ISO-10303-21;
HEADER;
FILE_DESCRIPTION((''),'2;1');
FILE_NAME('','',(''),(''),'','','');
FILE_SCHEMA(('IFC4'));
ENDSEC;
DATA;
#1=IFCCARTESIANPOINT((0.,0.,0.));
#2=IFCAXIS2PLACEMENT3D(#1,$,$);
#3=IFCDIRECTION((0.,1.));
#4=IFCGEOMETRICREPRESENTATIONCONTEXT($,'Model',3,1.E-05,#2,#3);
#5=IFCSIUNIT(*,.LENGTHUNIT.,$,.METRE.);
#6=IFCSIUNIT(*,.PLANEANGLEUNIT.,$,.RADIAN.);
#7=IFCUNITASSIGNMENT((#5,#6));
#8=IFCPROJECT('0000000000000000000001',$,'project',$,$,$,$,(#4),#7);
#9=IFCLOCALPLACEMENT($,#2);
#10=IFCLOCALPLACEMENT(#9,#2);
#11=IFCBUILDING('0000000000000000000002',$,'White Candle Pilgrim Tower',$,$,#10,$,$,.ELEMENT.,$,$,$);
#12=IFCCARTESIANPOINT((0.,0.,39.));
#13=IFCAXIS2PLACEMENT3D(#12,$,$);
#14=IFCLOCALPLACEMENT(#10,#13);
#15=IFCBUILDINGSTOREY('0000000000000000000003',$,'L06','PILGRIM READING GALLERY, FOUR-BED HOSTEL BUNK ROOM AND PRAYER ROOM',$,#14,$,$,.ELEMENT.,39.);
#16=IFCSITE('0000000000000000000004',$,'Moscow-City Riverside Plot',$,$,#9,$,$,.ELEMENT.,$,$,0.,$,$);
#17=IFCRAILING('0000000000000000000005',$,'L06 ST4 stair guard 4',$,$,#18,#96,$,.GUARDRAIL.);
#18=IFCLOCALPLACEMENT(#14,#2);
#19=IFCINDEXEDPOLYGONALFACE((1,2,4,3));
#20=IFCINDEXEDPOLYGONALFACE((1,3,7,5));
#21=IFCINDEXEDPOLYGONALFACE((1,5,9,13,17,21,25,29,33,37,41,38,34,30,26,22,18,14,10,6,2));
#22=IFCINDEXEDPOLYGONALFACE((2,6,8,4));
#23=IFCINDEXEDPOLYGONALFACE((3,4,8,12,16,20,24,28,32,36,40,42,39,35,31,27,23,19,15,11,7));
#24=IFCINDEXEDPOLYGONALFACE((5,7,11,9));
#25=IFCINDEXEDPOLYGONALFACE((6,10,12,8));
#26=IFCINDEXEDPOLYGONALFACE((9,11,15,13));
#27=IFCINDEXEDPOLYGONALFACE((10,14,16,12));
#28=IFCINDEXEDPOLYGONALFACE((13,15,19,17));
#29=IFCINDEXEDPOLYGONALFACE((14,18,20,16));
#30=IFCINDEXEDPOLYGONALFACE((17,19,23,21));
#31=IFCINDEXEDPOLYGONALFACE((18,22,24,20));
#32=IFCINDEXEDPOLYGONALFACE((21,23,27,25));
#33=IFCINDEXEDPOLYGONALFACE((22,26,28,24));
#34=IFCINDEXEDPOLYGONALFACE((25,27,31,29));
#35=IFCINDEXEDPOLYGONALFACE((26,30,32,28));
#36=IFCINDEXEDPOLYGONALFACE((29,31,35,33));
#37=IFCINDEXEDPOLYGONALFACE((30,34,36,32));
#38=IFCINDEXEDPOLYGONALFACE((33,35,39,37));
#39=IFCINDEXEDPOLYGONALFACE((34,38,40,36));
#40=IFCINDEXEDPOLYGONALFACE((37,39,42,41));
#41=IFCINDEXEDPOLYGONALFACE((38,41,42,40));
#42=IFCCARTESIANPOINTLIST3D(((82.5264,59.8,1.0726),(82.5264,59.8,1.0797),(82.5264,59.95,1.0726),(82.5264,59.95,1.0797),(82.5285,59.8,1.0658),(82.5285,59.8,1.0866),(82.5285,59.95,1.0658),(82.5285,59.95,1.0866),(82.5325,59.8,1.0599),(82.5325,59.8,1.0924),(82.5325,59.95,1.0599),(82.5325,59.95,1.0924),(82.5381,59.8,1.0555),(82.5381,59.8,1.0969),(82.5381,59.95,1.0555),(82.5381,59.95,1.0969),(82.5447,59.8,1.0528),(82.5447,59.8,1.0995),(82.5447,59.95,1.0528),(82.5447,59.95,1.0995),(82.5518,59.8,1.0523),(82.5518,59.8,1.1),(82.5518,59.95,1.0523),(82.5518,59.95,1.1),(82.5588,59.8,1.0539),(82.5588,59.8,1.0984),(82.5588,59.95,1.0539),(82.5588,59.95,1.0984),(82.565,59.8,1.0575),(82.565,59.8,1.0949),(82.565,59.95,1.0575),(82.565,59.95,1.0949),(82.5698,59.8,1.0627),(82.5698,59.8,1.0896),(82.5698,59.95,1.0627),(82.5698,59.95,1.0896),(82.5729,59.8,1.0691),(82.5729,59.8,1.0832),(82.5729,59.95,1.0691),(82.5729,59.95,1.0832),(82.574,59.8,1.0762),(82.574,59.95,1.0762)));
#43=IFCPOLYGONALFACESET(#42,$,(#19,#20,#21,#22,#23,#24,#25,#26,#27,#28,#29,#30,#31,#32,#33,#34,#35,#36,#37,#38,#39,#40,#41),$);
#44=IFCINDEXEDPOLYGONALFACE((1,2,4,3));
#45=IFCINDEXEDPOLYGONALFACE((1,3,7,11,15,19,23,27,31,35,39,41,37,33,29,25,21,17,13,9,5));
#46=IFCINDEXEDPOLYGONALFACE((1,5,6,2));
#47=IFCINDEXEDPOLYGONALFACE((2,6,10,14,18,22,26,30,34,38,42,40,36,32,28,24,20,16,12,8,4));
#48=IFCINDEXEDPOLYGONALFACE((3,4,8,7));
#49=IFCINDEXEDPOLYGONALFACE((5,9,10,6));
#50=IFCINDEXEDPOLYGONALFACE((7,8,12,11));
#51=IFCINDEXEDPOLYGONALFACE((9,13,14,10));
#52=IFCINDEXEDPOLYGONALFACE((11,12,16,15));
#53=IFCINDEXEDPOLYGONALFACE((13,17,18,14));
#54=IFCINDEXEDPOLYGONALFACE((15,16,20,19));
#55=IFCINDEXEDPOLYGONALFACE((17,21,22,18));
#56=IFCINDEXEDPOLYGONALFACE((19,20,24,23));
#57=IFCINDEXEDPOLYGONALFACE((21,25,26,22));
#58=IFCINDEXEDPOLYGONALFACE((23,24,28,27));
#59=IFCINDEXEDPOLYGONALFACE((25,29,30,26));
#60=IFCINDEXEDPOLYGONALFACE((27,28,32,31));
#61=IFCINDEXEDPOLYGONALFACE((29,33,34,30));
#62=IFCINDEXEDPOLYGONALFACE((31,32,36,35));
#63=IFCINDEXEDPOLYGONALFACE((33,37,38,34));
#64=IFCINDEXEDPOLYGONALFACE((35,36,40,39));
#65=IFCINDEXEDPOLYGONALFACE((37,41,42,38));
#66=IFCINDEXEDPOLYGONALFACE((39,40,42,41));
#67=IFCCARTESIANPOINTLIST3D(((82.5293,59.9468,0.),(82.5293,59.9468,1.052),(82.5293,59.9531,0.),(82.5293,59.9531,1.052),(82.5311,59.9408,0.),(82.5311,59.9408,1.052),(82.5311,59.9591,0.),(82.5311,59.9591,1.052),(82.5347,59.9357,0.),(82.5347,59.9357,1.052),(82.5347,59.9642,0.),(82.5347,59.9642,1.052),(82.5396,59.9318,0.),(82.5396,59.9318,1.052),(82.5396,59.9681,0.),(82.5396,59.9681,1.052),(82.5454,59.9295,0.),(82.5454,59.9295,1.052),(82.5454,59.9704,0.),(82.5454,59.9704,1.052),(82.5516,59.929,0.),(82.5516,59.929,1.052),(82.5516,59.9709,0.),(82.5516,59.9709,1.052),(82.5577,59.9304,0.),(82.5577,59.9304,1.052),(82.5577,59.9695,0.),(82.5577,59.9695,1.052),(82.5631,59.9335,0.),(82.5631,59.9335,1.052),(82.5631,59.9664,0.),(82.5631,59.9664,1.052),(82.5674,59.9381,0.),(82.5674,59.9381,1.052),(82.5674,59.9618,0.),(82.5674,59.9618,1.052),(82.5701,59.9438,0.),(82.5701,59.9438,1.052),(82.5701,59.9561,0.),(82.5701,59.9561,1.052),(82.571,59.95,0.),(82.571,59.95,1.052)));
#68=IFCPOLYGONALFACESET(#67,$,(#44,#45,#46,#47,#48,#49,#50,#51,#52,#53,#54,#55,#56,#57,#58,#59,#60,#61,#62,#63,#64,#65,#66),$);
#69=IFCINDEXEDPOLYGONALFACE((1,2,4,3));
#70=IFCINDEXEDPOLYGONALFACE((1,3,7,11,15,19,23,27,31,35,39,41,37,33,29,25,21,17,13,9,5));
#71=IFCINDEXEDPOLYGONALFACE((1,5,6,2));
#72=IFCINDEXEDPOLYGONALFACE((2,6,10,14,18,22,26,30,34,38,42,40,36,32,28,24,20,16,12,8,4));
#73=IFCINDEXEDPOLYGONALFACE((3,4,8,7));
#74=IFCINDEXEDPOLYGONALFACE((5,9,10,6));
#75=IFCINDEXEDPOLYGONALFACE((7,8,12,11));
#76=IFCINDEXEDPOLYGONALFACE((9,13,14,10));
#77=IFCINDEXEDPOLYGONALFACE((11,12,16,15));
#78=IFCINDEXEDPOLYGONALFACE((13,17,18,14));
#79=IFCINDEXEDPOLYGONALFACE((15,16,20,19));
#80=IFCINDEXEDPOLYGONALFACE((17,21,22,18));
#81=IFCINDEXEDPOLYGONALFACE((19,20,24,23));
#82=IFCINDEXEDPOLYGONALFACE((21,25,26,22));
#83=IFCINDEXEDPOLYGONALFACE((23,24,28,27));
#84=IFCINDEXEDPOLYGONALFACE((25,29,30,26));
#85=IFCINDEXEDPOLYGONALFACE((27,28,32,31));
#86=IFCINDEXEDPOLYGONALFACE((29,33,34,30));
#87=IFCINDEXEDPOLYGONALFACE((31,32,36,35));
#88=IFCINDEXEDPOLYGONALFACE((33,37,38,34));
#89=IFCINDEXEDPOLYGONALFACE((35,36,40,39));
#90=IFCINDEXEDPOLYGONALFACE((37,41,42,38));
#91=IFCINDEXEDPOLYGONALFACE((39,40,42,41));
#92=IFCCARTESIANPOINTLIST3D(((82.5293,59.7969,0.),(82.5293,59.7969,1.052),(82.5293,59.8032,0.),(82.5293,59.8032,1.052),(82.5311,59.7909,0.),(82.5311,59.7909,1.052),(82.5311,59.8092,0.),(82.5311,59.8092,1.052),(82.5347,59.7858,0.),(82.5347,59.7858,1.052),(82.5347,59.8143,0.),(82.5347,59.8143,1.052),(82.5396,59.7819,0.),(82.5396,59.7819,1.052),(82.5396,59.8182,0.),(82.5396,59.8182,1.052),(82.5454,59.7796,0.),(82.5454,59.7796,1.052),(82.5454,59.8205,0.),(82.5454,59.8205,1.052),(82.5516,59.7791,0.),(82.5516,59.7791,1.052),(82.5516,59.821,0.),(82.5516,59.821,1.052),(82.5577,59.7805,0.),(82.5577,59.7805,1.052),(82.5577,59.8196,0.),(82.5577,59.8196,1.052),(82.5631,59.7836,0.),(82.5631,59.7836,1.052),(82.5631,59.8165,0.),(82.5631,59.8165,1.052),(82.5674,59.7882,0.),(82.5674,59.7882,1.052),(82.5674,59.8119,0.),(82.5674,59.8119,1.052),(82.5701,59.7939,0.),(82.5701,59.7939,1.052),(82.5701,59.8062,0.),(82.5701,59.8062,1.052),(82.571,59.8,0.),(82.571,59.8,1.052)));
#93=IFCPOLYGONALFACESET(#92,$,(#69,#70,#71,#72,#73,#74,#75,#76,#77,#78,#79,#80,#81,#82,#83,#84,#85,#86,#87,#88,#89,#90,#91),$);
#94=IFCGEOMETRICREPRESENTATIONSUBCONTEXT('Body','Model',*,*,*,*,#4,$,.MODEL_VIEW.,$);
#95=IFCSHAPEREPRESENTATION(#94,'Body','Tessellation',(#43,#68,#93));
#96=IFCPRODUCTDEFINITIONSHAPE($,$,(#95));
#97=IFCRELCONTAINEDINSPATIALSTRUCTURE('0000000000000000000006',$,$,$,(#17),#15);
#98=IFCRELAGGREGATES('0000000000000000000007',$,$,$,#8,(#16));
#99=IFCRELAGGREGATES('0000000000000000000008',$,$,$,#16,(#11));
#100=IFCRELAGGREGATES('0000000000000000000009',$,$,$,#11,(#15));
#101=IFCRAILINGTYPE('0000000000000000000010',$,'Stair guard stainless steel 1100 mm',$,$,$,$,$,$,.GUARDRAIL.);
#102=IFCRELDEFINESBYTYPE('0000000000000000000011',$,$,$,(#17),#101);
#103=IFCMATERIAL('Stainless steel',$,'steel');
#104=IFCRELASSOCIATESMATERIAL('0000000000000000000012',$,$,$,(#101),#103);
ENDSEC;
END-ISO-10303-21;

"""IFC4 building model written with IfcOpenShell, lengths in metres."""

from ifc_helpers import new_model, si_unit, direction, frame, origin, origin_2d, place, context, subcontext, project, spatial, circle, extrude, material, type_object, element, save


model = new_model("IFC4")

# Units and contexts
model_context = context("Model", 3, precision=1e-05, world=origin(), true_north=direction((0.0, 1.0)))
body_context = subcontext(model_context, "Body", "Model", "MODEL_VIEW")
ifc_project = project(units=[si_unit("LENGTHUNIT", "METRE"), si_unit("PLANEANGLEUNIT", "RADIAN")], contexts=[model_context])

# Site, building, storey
site_placement = place(None, origin())
site = spatial("IfcSite", under=ifc_project, at=site_placement, Name="Moscow-City Riverside Plot", CompositionType="ELEMENT", RefElevation=0.0)
building_placement = place(site_placement, origin())
building = spatial("IfcBuilding", under=site, at=building_placement, Name="White Candle Pilgrim Tower", CompositionType="ELEMENT")
storey_placement = place(building_placement, frame((0.0, 0.0, 39.0)))
storey = spatial("IfcBuildingStorey", under=building, at=storey_placement, Name="L06", Description="PILGRIM READING GALLERY, FOUR-BED HOSTEL BUNK ROOM AND PRAYER ROOM", CompositionType="ELEMENT", Elevation=39.0)

# Railing
ifc_material_1 = material(Name="Stainless steel", Category="steel")
railing_type_1 = type_object("IfcRailingType", Name="Stair guard stainless steel 1100 mm", PredefinedType="GUARDRAIL", material=ifc_material_1)
railing_1_placement = place(storey_placement, frame((82.55, 59.95, 0.0)))
element("IfcRailing", 1, at=railing_1_placement, inside=storey, type_object=railing_type_1, Name="L06 ST4 stair guard 4", PredefinedType="GUARDRAIL", context=body_context, shape_type="SweptSolid", body=[
    extrude(circle(Radius=0.0239, at=origin_2d()), frame((0.0, 0.0, 1.0762), z_axis=(0.0, -1.0, 0.0), x_axis=(1.0, 0.0, 0.0)), (0.0, 0.0, 1.0), 0.1499),
    extrude(circle(Radius=0.021, at=origin_2d()), origin(), (0.0, 0.0, 1.0), 1.052),
    extrude(circle(Radius=0.021, at=origin_2d()), frame((0.0, -0.1499, 0.0)), (0.0, 0.0, 1.0), 1.052),
])

save(model, "model.ifc")
